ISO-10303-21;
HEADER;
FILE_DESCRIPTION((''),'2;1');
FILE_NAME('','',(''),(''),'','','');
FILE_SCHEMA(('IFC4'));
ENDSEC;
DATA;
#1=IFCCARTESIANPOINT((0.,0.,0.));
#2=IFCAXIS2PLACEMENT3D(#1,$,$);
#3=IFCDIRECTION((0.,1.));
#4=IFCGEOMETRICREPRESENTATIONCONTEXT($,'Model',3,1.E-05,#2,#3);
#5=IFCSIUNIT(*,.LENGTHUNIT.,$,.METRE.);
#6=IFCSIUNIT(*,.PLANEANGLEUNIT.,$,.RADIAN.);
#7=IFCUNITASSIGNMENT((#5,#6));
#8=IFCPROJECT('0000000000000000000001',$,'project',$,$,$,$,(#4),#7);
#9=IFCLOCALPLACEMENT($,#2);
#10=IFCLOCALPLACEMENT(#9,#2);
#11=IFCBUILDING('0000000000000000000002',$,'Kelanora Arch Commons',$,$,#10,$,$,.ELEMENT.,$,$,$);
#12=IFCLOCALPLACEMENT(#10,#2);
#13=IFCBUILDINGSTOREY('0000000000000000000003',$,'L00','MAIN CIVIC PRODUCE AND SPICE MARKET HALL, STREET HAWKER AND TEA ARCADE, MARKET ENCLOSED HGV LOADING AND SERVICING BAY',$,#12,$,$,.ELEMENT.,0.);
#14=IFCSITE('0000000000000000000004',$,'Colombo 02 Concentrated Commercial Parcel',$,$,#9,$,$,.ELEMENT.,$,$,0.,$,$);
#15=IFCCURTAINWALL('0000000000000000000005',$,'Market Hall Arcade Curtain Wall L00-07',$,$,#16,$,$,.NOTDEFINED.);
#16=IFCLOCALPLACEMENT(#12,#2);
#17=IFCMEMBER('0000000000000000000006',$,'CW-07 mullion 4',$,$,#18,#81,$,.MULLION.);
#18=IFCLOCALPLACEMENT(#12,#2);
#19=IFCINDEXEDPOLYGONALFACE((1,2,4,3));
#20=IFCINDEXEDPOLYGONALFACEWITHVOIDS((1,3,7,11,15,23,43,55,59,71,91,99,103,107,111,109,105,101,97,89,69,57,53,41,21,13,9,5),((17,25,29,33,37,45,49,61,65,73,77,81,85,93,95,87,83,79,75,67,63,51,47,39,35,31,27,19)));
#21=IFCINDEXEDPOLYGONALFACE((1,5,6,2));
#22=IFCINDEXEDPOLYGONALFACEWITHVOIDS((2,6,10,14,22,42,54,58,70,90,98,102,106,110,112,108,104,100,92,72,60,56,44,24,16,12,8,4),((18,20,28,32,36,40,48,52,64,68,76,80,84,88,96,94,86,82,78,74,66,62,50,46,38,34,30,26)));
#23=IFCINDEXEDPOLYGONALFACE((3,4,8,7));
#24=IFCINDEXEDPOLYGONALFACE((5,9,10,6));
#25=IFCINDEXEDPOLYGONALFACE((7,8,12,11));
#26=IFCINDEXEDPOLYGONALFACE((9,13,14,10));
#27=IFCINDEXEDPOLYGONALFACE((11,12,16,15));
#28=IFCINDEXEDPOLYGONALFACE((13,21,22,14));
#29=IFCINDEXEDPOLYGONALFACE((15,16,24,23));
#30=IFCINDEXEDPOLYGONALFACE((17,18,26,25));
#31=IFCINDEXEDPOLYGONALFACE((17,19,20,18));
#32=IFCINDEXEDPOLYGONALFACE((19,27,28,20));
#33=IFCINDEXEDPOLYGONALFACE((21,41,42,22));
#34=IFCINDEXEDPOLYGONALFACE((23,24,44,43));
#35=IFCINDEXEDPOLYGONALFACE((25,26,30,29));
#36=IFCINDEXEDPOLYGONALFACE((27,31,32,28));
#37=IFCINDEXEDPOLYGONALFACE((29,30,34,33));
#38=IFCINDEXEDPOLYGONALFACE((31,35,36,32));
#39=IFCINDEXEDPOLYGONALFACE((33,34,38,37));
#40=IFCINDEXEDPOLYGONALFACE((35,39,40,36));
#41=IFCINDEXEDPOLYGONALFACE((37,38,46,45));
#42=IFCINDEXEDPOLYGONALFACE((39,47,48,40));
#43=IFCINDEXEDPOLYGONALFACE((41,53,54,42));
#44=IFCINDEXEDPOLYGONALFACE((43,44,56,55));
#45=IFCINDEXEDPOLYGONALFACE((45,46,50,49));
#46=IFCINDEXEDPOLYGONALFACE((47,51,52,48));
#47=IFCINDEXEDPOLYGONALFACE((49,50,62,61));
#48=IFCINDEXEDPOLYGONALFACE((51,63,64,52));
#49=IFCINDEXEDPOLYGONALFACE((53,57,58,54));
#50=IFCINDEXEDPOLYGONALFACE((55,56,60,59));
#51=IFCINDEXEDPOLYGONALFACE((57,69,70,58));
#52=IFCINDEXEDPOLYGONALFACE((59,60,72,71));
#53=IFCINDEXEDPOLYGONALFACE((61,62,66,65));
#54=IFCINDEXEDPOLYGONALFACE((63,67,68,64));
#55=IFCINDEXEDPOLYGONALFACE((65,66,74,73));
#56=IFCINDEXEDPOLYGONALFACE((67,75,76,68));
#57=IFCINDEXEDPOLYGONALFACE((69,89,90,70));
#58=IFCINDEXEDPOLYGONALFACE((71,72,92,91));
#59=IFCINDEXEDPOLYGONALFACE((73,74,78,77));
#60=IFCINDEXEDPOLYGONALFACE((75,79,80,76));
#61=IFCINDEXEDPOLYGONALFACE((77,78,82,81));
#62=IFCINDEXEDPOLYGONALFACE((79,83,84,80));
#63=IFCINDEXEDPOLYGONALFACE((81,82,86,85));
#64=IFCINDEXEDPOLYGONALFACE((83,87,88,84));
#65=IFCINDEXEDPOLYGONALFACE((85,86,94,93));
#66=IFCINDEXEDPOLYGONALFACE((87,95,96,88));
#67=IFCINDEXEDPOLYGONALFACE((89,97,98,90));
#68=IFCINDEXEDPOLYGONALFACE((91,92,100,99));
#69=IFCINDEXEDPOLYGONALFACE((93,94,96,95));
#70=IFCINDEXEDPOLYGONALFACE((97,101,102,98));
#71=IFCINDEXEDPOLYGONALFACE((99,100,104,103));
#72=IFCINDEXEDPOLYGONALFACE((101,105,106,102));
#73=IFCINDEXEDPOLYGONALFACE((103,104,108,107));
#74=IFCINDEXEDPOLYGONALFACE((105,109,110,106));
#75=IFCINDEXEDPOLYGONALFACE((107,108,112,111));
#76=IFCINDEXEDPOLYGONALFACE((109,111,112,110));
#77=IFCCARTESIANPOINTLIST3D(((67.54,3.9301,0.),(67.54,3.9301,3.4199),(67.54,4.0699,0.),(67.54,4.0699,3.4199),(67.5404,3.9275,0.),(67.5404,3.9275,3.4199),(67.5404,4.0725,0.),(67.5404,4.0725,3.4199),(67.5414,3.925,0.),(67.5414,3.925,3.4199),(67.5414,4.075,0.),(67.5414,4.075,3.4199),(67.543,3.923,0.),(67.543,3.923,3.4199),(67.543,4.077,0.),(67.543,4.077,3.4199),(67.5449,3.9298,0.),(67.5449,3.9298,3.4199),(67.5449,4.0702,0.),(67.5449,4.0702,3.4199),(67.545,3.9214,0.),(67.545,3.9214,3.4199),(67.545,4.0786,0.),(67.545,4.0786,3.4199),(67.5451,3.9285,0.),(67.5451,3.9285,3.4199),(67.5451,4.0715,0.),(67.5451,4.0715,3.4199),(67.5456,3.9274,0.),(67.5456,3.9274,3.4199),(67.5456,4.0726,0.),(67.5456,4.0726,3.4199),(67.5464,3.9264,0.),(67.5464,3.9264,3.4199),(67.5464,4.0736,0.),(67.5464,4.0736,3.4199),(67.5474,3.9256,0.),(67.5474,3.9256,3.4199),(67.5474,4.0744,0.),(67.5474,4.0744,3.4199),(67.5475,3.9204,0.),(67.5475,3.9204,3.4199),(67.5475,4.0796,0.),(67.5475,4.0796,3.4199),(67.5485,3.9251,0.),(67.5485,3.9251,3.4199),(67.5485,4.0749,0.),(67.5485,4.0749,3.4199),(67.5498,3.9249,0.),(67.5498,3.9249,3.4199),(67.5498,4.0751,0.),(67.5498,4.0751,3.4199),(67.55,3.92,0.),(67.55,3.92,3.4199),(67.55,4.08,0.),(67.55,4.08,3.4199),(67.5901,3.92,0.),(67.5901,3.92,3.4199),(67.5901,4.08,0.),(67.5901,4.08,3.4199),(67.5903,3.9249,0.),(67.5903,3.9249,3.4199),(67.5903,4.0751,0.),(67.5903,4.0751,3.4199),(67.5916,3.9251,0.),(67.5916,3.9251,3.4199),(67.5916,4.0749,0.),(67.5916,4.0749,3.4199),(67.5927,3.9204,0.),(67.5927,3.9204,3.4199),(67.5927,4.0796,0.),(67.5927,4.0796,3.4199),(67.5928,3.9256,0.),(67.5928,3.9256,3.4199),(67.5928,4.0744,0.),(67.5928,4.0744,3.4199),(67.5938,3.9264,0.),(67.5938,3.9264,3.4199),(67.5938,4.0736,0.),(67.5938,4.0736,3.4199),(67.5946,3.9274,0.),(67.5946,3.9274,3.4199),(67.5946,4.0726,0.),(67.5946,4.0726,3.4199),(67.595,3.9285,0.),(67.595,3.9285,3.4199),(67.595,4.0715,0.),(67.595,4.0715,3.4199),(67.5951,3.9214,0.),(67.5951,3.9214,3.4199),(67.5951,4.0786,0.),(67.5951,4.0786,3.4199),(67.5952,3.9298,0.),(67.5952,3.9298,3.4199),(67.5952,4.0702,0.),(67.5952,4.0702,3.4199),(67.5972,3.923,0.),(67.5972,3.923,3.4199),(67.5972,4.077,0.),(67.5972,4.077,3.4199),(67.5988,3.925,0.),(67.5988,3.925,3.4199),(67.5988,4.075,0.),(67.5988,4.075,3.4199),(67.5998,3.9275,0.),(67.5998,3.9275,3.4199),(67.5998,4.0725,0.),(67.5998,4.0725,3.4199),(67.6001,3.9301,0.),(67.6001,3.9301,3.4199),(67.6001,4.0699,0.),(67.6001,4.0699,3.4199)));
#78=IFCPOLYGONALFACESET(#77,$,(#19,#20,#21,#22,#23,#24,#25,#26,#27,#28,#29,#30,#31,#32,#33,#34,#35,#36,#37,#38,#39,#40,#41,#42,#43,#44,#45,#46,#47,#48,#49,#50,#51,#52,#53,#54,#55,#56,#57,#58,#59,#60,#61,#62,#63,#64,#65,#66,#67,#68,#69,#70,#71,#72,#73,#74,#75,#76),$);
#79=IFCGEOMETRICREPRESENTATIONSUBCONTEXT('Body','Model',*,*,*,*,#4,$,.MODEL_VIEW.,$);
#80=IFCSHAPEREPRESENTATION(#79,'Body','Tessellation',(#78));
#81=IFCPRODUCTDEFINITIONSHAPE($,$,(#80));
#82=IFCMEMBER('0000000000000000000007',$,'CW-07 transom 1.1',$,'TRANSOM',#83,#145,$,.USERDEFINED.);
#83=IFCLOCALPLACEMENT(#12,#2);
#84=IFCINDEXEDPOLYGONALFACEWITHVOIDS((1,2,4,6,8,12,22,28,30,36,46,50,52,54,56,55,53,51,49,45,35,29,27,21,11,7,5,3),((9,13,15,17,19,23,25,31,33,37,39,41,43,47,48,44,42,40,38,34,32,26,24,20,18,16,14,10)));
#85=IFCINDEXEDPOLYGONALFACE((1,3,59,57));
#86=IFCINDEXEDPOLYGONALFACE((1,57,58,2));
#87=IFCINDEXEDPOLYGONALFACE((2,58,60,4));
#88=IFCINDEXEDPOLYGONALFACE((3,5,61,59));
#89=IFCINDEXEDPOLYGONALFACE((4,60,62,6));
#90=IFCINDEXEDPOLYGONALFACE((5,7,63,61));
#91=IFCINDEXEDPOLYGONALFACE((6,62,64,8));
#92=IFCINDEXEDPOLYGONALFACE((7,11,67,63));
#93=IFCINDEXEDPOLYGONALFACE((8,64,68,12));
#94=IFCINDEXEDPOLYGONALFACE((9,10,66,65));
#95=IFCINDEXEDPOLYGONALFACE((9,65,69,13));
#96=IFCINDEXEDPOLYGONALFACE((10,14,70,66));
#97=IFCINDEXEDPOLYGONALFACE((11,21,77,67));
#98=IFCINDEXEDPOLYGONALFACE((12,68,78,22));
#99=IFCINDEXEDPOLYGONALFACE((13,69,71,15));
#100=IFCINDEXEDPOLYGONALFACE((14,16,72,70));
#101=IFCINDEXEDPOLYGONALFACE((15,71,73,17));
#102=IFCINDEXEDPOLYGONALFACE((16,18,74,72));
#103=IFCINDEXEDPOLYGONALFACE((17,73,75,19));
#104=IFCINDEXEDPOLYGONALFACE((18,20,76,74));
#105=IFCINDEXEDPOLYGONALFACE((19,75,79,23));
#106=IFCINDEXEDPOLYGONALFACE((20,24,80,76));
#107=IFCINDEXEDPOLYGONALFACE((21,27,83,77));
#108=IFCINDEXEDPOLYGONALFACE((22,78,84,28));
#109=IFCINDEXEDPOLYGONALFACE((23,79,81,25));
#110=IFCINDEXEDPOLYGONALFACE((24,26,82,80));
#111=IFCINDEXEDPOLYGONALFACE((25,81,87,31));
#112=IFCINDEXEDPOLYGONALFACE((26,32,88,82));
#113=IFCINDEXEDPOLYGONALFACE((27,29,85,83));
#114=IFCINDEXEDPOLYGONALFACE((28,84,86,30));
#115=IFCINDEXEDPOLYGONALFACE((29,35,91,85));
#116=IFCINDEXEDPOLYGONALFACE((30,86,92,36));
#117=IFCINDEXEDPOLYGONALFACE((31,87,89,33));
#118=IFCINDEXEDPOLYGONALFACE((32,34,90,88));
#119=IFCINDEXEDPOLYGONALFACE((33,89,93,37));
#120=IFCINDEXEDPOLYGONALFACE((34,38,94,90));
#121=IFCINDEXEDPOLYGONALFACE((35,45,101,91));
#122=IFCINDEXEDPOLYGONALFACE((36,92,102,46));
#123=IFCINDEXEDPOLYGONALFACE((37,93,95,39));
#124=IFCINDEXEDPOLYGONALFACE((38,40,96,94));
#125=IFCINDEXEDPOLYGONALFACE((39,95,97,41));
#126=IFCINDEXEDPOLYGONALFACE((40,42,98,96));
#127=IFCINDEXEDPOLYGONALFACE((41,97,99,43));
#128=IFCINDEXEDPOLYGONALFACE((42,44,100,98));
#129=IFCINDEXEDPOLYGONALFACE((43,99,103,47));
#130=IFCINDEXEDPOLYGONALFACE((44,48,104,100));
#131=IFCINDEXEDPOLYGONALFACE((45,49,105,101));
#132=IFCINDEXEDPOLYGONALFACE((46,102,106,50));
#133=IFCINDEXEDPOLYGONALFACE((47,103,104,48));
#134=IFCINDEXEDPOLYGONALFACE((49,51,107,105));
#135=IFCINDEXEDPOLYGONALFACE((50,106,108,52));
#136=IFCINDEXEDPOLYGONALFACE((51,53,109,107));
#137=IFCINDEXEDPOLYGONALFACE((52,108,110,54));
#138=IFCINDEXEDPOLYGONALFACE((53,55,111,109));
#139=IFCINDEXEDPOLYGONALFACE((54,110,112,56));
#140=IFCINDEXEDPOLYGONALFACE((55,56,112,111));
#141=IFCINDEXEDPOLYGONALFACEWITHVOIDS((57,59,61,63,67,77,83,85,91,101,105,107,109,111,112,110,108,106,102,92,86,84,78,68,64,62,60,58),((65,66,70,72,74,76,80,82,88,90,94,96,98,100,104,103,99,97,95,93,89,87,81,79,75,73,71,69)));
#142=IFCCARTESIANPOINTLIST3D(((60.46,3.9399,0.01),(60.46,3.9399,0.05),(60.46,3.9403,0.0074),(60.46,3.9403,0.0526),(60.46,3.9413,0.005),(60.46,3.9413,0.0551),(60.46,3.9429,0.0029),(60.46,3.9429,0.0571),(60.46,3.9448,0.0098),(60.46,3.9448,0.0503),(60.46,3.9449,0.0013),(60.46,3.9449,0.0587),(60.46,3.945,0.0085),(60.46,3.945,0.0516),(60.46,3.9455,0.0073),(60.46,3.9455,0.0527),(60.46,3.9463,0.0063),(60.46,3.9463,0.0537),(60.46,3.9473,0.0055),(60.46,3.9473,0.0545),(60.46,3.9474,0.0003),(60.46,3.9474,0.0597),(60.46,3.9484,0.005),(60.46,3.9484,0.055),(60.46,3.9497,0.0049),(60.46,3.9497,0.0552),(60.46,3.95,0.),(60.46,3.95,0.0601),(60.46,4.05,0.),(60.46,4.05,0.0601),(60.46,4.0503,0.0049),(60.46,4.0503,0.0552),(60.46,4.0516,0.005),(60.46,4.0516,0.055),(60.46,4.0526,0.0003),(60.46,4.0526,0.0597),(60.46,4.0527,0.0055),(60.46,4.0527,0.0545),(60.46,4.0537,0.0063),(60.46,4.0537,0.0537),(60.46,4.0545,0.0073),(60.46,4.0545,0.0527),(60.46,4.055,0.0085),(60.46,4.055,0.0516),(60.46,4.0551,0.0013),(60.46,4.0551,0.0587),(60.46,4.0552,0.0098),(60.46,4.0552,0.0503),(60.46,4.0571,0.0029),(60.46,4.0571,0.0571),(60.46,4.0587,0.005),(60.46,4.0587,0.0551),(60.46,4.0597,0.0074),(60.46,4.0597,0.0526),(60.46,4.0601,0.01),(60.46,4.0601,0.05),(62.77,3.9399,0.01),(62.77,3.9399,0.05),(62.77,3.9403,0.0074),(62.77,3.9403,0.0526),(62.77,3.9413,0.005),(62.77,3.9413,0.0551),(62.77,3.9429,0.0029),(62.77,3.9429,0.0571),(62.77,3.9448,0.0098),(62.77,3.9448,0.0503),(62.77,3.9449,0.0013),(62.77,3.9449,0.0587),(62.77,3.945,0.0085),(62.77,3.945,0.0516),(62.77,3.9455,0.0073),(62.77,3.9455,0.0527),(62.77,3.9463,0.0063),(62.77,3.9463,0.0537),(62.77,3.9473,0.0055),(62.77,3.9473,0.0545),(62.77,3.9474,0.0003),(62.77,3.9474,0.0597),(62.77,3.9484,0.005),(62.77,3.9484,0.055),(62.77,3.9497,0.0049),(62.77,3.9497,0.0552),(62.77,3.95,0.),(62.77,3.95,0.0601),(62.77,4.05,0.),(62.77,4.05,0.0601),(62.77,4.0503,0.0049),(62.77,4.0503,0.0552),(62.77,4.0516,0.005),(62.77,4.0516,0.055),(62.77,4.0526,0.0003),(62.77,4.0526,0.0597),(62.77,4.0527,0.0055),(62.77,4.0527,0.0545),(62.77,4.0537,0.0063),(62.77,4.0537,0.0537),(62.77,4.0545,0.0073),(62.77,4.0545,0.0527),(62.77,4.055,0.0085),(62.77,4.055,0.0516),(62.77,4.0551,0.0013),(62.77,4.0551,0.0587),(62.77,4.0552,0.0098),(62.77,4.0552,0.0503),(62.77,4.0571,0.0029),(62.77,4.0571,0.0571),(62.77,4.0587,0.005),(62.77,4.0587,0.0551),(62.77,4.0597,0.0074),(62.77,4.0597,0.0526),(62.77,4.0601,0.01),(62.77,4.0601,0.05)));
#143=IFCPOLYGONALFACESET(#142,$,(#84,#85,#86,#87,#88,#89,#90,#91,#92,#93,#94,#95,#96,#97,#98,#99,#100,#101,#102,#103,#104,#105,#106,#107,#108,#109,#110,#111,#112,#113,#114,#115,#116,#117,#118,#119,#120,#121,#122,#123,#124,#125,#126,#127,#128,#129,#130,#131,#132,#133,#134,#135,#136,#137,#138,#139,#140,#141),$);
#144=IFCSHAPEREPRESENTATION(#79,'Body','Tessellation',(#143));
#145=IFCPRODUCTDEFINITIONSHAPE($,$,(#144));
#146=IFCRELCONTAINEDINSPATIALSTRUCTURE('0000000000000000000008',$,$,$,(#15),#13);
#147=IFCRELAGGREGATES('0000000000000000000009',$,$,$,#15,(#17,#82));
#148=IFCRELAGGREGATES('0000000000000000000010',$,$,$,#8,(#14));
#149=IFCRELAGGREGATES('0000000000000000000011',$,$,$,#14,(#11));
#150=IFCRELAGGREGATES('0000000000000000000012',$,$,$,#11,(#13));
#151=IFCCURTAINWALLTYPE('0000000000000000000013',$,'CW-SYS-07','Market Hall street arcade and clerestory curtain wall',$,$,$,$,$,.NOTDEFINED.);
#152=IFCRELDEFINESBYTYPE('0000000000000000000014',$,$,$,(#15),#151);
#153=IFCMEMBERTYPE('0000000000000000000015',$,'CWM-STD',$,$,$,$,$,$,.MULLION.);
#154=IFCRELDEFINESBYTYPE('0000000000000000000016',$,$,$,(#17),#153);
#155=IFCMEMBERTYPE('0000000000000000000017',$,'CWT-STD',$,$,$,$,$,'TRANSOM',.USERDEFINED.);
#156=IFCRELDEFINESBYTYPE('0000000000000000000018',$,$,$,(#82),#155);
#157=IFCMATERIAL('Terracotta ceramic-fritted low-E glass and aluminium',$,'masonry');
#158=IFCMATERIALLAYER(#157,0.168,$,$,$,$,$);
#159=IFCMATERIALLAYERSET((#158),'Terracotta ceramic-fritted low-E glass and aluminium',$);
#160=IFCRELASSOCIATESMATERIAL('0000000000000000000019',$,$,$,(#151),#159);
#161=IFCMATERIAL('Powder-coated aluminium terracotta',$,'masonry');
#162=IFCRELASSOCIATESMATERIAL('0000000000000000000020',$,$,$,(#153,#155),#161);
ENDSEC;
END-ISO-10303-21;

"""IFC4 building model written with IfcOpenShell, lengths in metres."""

from ifc_helpers import new_model, si_unit, direction, frame, origin, origin_2d, place, context, subcontext, project, spatial, hollow_rectangle, extrude, material, layer, layer_set, material_profile, profile_set, type_object, element, aggregate, save


model = new_model("IFC4")

# Units and contexts
model_context = context("Model", 3, precision=1e-05, world=origin(), true_north=direction((0.0, 1.0)))
body_context = subcontext(model_context, "Body", "Model", "MODEL_VIEW")
ifc_project = project(units=[si_unit("LENGTHUNIT", "METRE"), si_unit("PLANEANGLEUNIT", "RADIAN")], contexts=[model_context])

# Site, building, storey
site_placement = place(None, origin())
site = spatial("IfcSite", under=ifc_project, at=site_placement, Name="Colombo 02 Concentrated Commercial Parcel", CompositionType="ELEMENT", RefElevation=0.0)
building_placement = place(site_placement, origin())
building = spatial("IfcBuilding", under=site, at=building_placement, Name="Kelanora Arch Commons", CompositionType="ELEMENT")
storey_placement = place(building_placement, origin())
storey = spatial("IfcBuildingStorey", under=building, at=storey_placement, Name="L00", Description="MAIN CIVIC PRODUCE AND SPICE MARKET HALL, STREET HAWKER AND TEA ARCADE, MARKET ENCLOSED HGV LOADING AND SERVICING BAY", CompositionType="ELEMENT", Elevation=0.0)

# Curtain wall, members
ifc_material_1 = material(Name="Terracotta ceramic-fritted low-E glass and aluminium", Category="masonry")
ifc_layer_1 = layer(ifc_material_1, 0.168)
ifc_layer_set_1 = layer_set([ifc_layer_1], Name="Terracotta ceramic-fritted low-E glass and aluminium")
curtain_wall_type = type_object("IfcCurtainWallType", Name="CW-SYS-07", Description="Market Hall street arcade and clerestory curtain wall", PredefinedType="NOTDEFINED", material=ifc_layer_set_1)
curtain_wall_placement = place(storey_placement, origin())
curtain_wall = element("IfcCurtainWall", 1, at=curtain_wall_placement, inside=storey, type_object=curtain_wall_type, Name="Market Hall Arcade Curtain Wall L00-07", PredefinedType="NOTDEFINED")
ifc_material_2 = material(Name="Powder-coated aluminium terracotta", Category="masonry")
ifc_material_profile_1 = material_profile(ifc_material_2, hollow_rectangle(XDim=0.1599, YDim=0.0601, WallThickness=0.0049, InnerFilletRadius=0.0049, OuterFilletRadius=0.01, at=origin_2d()), Name="CWM160x60")
ifc_profile_set_1 = profile_set([ifc_material_profile_1], Name="Powder-coated aluminium terracotta")
member_type_1 = type_object("IfcMemberType", Name="CWM-STD", PredefinedType="MULLION", material=ifc_profile_set_1)
member_1_placement = place(storey_placement, frame((67.5701, 4.0, 0.0), z_axis=(0.0, 0.0, 1.0), x_axis=(0.0, 1.0, 0.0)))
member_1 = element("IfcMember", 2, at=member_1_placement, type_object=member_type_1, Name="CW-07 mullion 4", PredefinedType="MULLION", context=body_context, shape_type="SweptSolid", body=[
    extrude(hollow_rectangle(XDim=0.1599, YDim=0.0601, WallThickness=0.0049, InnerFilletRadius=0.0049, OuterFilletRadius=0.01, at=origin_2d()), origin(), (0.0, 0.0, 1.0), 3.4199),
])
ifc_material_profile_2 = material_profile(ifc_material_2, hollow_rectangle(XDim=0.1201, YDim=0.0601, WallThickness=0.0049, InnerFilletRadius=0.0049, OuterFilletRadius=0.01, at=origin_2d()), Name="CWT120x60")
ifc_profile_set_2 = profile_set([ifc_material_profile_2], Name="Powder-coated aluminium terracotta")
member_type_2 = type_object("IfcMemberType", Name="CWT-STD", ElementType="TRANSOM", PredefinedType="USERDEFINED", material=ifc_profile_set_2)
member_2_placement = place(storey_placement, frame((60.46, 4.0, 0.03), z_axis=(1.0, 0.0, 0.0), x_axis=(0.0, 1.0, 0.0)))
member_2 = element("IfcMember", 3, at=member_2_placement, type_object=member_type_2, Name="CW-07 transom 1.1", ObjectType="TRANSOM", PredefinedType="USERDEFINED", context=body_context, shape_type="SweptSolid", body=[
    extrude(hollow_rectangle(XDim=0.1201, YDim=0.0601, WallThickness=0.0049, InnerFilletRadius=0.0049, OuterFilletRadius=0.01, at=origin_2d()), origin(), (0.0, 0.0, 1.0), 2.3101),
])
aggregate(curtain_wall, [member_1, member_2])

save(model, "model.ifc")
